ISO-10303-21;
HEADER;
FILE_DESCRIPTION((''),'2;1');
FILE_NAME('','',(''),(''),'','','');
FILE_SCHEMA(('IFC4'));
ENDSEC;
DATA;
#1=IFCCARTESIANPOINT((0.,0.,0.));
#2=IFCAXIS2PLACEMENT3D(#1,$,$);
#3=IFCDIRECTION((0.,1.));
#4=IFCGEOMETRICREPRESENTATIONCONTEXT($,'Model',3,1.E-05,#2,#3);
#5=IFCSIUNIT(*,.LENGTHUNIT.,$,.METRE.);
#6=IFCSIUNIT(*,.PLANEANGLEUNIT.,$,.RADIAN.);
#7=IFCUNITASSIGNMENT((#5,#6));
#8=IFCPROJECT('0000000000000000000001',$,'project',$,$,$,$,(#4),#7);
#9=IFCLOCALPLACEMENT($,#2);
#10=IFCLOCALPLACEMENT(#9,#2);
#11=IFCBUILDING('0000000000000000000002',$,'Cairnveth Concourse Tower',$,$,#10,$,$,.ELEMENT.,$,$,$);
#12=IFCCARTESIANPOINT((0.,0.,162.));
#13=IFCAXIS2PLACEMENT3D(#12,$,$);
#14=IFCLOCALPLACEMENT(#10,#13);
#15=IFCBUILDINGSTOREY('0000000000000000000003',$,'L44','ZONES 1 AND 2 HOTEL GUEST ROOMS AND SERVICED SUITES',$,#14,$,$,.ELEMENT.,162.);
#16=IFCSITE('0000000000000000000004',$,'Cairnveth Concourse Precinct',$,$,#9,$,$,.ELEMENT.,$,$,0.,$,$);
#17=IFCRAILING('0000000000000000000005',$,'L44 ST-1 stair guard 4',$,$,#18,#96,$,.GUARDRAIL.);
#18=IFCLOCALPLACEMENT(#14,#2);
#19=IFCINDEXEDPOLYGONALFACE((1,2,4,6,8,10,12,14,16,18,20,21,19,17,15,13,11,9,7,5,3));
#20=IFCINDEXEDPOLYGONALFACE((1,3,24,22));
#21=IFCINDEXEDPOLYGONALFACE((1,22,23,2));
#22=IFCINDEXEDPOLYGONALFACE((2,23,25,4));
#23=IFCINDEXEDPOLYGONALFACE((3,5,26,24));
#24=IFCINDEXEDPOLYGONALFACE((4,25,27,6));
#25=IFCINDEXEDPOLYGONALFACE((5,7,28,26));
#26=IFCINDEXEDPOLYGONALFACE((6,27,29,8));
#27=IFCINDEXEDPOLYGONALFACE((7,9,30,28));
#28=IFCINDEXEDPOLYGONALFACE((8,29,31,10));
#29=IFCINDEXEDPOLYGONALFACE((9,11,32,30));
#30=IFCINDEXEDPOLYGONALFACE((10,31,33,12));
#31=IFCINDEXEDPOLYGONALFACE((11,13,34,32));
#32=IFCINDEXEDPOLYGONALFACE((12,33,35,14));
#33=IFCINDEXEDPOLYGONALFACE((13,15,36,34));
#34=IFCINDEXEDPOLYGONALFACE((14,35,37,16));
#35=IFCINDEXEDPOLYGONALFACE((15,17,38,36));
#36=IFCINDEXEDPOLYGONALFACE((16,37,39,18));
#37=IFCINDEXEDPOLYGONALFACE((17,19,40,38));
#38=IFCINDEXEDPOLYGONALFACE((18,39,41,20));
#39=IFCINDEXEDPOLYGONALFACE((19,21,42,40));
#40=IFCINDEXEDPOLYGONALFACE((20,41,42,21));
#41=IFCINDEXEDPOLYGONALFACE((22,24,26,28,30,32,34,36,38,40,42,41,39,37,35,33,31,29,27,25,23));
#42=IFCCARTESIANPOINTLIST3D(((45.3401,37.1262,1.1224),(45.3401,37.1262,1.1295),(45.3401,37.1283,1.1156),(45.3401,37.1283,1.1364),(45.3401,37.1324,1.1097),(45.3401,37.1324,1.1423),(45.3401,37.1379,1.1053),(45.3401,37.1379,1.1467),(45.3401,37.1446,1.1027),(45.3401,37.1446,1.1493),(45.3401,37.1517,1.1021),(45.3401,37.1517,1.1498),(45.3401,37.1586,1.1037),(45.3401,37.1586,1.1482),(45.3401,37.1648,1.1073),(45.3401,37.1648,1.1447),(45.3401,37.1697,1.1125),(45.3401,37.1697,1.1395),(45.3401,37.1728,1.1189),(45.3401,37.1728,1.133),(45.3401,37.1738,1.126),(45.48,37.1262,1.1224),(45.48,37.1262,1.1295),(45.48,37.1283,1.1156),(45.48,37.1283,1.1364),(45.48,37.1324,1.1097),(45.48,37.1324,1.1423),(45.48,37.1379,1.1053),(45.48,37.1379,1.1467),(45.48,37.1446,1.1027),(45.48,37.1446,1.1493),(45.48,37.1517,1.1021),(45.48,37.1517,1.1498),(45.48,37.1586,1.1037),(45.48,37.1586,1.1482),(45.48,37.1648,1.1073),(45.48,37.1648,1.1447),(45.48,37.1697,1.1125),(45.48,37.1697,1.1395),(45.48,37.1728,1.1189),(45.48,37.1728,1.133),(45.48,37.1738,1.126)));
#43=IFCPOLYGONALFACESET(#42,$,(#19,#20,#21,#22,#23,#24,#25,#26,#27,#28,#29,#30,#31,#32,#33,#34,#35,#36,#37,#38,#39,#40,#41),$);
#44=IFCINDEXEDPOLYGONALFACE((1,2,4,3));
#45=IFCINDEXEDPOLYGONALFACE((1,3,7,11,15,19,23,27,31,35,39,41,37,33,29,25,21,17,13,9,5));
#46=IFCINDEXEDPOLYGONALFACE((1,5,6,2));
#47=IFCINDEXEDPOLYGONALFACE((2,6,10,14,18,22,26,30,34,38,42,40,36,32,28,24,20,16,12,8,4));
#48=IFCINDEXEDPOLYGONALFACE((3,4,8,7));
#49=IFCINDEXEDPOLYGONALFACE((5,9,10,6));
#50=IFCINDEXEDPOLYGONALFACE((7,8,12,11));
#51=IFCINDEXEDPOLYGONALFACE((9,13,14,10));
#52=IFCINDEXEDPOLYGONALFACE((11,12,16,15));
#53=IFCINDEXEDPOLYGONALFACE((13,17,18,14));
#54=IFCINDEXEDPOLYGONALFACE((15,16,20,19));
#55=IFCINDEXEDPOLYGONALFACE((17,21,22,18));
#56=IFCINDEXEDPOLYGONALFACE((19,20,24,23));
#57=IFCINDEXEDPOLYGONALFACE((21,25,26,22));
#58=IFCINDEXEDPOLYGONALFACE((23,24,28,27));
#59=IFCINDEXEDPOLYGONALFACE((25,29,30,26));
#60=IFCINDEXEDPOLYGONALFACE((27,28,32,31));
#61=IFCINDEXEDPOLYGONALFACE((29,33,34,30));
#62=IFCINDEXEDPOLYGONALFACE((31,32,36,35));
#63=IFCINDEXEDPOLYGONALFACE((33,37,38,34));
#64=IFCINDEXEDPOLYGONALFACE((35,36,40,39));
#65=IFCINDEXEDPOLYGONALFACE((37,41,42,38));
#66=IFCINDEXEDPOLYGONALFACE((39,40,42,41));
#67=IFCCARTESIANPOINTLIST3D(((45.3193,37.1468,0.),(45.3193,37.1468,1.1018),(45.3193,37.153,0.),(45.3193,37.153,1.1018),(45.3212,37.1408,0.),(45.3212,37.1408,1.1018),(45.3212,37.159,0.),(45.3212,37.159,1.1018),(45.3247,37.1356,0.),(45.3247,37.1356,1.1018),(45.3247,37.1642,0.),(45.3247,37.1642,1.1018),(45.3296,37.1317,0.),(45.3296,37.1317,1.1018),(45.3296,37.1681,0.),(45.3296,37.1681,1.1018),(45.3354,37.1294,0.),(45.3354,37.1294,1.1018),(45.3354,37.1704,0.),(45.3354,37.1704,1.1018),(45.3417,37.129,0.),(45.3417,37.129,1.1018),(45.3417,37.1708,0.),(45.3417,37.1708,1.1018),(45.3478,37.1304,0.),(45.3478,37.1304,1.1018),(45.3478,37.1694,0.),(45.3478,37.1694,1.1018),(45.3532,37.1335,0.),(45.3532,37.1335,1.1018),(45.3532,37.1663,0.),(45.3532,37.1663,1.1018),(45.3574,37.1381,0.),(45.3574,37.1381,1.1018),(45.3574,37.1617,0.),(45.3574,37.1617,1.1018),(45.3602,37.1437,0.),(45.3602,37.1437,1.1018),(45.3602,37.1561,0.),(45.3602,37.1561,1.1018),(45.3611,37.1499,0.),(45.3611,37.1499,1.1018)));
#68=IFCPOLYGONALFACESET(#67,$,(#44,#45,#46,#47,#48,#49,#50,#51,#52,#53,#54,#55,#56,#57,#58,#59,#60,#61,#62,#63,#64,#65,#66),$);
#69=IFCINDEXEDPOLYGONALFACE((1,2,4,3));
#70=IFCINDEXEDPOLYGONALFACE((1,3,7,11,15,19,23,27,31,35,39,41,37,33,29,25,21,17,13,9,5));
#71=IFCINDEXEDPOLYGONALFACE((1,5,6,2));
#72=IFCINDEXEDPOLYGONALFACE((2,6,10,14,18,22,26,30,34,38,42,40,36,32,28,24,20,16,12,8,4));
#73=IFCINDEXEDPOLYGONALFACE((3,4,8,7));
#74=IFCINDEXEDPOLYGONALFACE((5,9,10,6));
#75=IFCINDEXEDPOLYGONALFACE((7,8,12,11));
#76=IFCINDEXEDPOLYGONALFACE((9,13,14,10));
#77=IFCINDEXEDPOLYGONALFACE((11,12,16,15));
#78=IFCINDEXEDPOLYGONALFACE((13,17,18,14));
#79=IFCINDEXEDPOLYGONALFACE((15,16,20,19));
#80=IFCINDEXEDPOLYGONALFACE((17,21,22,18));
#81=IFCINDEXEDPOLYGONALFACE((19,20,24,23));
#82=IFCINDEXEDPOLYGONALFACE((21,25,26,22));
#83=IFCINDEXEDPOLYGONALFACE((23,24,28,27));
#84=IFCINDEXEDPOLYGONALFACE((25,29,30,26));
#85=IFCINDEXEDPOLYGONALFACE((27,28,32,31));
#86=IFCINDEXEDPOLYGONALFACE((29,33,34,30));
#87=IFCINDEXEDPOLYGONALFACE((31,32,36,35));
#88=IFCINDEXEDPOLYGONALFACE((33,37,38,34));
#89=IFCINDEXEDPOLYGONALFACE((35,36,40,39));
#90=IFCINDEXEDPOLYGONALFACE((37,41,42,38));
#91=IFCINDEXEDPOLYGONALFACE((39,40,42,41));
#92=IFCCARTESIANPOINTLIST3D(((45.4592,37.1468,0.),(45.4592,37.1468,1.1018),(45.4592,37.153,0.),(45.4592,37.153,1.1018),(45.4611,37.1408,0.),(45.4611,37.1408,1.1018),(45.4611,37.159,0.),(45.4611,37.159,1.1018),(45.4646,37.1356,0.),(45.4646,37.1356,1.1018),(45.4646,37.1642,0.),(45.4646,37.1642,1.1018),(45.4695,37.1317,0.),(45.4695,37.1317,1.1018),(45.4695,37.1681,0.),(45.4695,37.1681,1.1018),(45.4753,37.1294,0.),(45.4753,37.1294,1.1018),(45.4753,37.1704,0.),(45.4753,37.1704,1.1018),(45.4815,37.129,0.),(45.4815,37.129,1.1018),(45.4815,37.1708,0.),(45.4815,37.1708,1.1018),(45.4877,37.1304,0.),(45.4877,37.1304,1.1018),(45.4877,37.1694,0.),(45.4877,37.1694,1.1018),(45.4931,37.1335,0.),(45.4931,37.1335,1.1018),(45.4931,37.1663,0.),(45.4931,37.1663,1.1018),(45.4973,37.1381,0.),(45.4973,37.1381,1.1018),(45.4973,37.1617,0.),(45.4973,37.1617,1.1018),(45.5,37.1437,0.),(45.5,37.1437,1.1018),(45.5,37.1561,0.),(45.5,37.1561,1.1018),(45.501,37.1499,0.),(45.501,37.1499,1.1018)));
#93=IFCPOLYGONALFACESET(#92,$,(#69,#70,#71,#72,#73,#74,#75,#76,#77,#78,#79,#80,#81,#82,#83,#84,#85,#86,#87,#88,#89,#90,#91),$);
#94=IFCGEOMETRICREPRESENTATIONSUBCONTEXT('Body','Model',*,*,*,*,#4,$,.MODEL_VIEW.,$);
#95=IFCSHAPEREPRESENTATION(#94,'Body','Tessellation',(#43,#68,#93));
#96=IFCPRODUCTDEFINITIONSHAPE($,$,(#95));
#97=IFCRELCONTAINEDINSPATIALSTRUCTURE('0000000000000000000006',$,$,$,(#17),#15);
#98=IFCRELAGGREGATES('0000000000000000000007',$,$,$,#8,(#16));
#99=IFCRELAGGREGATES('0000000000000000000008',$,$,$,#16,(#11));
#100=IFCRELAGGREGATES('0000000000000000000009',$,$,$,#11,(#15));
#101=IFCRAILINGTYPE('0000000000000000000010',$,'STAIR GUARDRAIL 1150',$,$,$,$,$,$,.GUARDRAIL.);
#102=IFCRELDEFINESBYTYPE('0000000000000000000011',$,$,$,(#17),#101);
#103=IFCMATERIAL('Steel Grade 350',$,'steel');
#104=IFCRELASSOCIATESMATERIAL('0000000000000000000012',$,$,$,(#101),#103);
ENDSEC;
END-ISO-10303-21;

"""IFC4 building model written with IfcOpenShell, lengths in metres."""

from ifc_helpers import new_model, si_unit, direction, frame, origin, origin_2d, place, context, subcontext, project, spatial, circle, extrude, material, type_object, element, save


model = new_model("IFC4")

# Units and contexts
model_context = context("Model", 3, precision=1e-05, world=origin(), true_north=direction((0.0, 1.0)))
body_context = subcontext(model_context, "Body", "Model", "MODEL_VIEW")
ifc_project = project(units=[si_unit("LENGTHUNIT", "METRE"), si_unit("PLANEANGLEUNIT", "RADIAN")], contexts=[model_context])

# Site, building, storey
site_placement = place(None, origin())
site = spatial("IfcSite", under=ifc_project, at=site_placement, Name="Cairnveth Concourse Precinct", CompositionType="ELEMENT", RefElevation=0.0)
building_placement = place(site_placement, origin())
building = spatial("IfcBuilding", under=site, at=building_placement, Name="Cairnveth Concourse Tower", CompositionType="ELEMENT")
storey_placement = place(building_placement, frame((0.0, 0.0, 162.0)))
storey = spatial("IfcBuildingStorey", under=building, at=storey_placement, Name="L44", Description="ZONES 1 AND 2 HOTEL GUEST ROOMS AND SERVICED SUITES", CompositionType="ELEMENT", Elevation=162.0)

# Shared definitions
ifc_material_1 = material(Name="Steel Grade 350", Category="steel")

# Railing
railing_type_1 = type_object("IfcRailingType", Name="STAIR GUARDRAIL 1150", PredefinedType="GUARDRAIL", material=ifc_material_1)
railing_1_placement = place(storey_placement, frame((45.3401, 37.1499, 0.0)))
element("IfcRailing", 1, at=railing_1_placement, inside=storey, type_object=railing_type_1, Name="L44 ST-1 stair guard 4", PredefinedType="GUARDRAIL", context=body_context, shape_type="SweptSolid", body=[
    extrude(circle(Radius=0.0239, at=origin_2d()), frame((0.0, 0.0, 1.126), z_axis=(1.0, 0.0, 0.0), x_axis=(0.0, 1.0, 0.0)), (0.0, 0.0, 1.0), 0.1399),
    extrude(circle(Radius=0.021, at=origin_2d()), origin(), (0.0, 0.0, 1.0), 1.1018),
    extrude(circle(Radius=0.021, at=origin_2d()), frame((0.1399, 0.0, 0.0)), (0.0, 0.0, 1.0), 1.1018),
])

save(model, "model.ifc")
